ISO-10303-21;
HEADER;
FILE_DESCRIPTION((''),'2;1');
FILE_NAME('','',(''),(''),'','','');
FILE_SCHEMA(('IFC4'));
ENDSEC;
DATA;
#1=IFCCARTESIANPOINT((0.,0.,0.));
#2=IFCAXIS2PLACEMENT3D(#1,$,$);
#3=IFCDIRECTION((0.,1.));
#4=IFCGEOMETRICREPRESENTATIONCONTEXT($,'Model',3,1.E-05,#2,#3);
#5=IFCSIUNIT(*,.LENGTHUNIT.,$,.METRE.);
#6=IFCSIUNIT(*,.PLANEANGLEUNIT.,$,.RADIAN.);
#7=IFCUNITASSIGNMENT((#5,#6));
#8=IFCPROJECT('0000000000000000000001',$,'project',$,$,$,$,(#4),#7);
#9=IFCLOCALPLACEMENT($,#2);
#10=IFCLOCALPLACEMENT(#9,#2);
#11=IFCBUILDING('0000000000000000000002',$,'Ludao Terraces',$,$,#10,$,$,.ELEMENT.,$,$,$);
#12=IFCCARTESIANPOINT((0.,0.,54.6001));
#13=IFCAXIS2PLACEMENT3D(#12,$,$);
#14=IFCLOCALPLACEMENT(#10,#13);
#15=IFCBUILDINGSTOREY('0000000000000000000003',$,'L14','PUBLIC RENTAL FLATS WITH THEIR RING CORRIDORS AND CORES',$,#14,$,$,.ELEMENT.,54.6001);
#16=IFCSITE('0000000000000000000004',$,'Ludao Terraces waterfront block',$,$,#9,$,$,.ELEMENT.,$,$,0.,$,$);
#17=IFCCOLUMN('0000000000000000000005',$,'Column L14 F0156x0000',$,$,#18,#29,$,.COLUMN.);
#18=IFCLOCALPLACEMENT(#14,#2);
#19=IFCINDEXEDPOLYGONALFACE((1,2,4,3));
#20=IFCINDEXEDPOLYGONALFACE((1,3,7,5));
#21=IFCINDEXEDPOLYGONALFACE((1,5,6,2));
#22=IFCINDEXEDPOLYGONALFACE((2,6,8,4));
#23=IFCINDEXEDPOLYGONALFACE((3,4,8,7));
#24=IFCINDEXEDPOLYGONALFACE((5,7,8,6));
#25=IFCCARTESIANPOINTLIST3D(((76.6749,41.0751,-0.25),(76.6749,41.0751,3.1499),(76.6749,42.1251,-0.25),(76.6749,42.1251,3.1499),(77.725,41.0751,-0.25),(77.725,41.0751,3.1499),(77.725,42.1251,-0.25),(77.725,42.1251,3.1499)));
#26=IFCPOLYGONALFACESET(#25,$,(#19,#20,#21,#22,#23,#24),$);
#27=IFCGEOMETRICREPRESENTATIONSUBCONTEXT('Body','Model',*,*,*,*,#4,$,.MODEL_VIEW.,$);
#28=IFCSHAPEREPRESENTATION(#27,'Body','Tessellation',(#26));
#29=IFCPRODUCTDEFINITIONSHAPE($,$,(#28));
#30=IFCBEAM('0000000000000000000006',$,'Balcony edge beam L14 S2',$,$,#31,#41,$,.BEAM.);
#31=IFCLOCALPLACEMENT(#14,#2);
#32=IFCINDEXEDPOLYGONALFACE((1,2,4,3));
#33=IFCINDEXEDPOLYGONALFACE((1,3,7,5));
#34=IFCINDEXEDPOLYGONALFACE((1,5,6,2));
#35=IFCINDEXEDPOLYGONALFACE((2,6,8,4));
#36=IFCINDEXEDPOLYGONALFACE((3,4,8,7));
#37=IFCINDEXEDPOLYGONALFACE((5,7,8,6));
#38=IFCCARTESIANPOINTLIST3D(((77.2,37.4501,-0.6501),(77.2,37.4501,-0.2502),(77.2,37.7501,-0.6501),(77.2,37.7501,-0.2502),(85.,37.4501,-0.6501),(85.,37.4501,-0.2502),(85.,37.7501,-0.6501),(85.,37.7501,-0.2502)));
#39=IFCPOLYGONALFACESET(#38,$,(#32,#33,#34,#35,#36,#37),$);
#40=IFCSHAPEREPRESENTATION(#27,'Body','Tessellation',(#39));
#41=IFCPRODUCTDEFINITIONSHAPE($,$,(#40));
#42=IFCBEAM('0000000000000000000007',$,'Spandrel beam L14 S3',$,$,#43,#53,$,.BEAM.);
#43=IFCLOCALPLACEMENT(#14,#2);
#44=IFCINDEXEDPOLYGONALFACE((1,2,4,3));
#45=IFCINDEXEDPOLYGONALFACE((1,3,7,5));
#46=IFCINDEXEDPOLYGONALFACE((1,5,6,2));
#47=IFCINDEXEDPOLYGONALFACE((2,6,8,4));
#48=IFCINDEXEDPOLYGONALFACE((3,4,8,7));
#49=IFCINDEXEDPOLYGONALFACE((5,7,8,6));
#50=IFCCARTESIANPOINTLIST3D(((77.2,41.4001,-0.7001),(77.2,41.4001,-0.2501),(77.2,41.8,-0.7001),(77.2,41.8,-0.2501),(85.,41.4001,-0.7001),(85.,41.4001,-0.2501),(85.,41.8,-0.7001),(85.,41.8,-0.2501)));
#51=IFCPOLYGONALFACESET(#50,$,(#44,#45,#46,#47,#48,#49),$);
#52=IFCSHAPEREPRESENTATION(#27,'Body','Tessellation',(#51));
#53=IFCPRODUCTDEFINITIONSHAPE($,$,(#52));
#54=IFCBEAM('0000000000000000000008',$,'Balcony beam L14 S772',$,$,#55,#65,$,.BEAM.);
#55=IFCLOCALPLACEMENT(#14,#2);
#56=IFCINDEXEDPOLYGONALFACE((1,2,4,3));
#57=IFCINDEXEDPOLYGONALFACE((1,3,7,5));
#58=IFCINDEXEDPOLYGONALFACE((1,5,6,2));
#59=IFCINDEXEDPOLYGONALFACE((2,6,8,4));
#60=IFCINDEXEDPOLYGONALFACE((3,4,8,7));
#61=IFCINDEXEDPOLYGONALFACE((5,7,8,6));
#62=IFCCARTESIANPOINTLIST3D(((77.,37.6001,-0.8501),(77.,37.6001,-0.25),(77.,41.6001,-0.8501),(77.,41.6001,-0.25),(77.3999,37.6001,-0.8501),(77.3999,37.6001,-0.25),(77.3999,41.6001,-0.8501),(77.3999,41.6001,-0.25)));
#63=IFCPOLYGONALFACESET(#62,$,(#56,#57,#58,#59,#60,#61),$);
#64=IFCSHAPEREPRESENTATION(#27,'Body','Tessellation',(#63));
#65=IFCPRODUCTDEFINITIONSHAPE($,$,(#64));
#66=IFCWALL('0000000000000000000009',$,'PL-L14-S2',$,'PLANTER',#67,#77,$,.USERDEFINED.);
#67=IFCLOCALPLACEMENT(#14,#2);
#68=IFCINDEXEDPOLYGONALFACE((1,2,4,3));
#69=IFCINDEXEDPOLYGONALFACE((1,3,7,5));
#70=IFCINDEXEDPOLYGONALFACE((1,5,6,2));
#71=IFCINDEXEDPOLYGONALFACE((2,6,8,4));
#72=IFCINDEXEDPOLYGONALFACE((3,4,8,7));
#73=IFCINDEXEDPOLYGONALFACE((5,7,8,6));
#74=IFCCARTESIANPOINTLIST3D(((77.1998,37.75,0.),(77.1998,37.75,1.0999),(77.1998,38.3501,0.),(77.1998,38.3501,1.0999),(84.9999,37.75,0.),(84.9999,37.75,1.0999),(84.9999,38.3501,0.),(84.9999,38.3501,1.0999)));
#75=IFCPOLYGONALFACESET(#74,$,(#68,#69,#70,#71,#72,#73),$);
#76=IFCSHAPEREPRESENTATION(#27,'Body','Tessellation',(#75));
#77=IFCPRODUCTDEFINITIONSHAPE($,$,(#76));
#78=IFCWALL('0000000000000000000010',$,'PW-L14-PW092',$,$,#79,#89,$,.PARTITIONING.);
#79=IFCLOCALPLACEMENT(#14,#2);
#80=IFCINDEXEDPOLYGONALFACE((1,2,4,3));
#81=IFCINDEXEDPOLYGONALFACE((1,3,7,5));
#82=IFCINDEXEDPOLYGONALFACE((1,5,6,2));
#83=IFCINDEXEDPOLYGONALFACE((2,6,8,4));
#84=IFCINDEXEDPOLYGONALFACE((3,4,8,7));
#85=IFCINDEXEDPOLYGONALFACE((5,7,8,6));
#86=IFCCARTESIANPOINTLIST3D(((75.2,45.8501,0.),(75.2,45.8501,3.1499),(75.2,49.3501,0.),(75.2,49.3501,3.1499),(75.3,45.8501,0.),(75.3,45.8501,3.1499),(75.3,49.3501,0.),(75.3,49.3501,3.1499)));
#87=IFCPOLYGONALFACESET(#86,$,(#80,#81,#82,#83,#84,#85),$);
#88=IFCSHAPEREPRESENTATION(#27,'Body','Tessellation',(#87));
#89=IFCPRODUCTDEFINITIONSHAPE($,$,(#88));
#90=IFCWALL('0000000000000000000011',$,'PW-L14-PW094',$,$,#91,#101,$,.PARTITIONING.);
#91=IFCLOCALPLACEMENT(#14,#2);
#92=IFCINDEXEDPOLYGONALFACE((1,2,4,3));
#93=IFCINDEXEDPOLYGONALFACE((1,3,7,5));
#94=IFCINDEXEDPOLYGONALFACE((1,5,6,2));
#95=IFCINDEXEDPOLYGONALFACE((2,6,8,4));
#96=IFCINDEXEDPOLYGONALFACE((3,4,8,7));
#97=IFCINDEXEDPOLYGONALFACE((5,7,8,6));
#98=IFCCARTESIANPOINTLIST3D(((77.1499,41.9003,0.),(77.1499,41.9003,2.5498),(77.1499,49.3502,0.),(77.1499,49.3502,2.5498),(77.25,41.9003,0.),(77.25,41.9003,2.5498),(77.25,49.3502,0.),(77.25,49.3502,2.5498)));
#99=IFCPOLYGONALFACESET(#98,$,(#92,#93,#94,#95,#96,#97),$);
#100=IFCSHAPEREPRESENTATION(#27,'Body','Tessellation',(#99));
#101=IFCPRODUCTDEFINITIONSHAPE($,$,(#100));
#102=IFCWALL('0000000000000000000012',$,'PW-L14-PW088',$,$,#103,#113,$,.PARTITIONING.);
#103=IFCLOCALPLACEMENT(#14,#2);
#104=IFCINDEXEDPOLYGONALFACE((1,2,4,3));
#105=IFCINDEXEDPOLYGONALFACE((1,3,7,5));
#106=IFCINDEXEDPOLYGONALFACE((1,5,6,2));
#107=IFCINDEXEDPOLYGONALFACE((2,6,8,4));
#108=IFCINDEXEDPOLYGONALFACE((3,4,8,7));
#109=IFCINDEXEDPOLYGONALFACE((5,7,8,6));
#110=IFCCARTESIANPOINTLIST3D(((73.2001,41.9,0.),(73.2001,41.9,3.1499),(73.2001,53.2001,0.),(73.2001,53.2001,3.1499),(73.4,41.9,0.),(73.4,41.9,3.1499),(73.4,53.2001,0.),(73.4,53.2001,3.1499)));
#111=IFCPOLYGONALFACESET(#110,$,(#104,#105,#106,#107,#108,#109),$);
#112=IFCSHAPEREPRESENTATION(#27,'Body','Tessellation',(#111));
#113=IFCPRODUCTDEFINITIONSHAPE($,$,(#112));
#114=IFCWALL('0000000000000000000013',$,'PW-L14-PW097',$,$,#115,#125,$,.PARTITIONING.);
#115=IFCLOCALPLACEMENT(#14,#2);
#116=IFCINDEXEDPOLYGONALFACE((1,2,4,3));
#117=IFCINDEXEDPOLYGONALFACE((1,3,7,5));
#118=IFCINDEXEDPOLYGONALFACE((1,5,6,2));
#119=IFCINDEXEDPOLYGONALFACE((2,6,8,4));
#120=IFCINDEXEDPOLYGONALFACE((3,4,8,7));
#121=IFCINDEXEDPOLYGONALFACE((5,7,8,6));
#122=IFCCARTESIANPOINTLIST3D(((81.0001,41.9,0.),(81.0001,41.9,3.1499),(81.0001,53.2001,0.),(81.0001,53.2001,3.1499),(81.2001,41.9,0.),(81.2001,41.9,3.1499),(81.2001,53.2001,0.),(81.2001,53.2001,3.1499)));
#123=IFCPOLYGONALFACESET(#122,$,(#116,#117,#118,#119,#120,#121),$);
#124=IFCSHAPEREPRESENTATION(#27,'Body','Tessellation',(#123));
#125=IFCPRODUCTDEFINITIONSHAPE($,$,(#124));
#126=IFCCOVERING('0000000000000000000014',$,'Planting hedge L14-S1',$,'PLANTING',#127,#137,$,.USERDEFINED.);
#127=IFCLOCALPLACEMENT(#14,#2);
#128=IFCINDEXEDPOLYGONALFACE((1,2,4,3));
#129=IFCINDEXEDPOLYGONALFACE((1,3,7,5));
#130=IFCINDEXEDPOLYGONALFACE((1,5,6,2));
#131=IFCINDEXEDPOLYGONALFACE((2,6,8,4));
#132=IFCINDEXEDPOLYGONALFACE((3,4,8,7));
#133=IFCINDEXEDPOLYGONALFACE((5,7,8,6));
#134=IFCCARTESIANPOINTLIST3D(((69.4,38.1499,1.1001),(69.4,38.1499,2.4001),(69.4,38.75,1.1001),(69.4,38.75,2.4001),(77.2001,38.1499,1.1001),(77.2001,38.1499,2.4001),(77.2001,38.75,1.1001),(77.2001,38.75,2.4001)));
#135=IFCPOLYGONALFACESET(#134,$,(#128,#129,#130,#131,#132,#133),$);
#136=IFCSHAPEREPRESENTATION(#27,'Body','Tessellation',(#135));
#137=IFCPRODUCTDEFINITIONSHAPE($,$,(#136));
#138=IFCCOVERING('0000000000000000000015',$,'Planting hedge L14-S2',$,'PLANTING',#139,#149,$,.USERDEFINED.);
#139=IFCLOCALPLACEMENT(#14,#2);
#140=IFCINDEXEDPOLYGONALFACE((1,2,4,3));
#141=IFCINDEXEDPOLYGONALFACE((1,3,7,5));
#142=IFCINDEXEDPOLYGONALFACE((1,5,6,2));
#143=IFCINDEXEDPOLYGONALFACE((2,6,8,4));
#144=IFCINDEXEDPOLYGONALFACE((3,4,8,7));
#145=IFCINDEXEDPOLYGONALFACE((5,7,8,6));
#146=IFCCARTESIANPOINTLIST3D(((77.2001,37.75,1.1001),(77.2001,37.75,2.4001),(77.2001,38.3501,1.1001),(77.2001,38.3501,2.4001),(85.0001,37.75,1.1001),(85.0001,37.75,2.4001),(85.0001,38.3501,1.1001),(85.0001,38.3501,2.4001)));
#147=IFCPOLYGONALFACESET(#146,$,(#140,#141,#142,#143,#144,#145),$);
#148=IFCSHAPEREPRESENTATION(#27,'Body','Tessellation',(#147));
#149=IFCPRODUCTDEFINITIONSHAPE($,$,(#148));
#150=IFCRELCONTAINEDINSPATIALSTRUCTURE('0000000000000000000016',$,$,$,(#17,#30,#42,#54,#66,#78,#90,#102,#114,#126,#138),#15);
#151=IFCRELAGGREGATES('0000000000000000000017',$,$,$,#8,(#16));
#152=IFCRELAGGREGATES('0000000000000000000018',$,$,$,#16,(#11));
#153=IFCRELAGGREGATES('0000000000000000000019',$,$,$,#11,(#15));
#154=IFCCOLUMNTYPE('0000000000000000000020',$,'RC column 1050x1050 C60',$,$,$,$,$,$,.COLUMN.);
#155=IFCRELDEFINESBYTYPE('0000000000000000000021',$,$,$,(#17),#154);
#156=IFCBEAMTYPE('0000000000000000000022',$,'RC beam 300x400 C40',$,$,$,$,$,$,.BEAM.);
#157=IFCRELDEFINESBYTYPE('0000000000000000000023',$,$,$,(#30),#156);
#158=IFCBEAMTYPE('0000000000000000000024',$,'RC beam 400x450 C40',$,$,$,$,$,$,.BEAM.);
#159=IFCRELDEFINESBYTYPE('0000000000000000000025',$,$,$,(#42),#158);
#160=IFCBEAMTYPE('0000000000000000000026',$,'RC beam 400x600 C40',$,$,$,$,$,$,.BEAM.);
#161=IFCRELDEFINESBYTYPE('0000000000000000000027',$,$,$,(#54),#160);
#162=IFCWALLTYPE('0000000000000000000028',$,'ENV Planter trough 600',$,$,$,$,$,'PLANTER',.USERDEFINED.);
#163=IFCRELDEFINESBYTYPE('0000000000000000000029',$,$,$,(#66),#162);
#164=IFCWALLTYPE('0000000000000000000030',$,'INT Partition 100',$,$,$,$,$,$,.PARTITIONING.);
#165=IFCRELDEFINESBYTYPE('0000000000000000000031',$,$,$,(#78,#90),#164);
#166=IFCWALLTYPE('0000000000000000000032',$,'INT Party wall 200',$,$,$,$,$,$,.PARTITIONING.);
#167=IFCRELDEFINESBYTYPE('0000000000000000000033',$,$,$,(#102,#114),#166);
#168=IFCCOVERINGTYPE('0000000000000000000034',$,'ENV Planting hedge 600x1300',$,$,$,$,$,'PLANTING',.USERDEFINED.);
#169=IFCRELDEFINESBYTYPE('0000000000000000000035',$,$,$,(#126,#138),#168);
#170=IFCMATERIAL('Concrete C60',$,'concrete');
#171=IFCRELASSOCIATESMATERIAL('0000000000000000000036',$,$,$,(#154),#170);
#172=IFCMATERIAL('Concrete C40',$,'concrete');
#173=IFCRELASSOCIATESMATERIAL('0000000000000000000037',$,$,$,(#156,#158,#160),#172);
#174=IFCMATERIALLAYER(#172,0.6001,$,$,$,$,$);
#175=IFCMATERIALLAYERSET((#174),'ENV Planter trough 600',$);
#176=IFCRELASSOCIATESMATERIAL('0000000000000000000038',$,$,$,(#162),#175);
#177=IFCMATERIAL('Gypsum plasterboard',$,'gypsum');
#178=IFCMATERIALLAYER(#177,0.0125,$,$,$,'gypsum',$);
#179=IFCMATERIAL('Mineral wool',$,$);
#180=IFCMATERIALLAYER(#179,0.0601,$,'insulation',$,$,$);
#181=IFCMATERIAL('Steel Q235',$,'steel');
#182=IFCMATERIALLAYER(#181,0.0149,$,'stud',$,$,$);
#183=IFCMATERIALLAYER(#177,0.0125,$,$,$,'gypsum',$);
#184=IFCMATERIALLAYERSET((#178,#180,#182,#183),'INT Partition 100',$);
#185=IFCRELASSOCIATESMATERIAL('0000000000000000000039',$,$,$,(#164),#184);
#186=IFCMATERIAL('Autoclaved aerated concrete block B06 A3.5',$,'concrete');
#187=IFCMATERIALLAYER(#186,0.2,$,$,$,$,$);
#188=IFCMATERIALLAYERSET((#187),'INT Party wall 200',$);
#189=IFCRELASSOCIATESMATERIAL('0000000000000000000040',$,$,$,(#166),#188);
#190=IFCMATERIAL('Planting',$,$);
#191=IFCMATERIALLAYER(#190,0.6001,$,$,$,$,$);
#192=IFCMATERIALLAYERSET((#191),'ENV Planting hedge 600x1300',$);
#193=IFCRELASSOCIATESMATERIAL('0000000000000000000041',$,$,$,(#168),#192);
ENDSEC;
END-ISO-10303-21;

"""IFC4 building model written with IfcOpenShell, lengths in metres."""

from ifc_helpers import new_model, si_unit, direction, frame, frame_2d, origin, origin_2d, place, context, subcontext, project, spatial, rectangle, extrude, material, layer, layer_set, material_profile, profile_set, type_object, element, save


model = new_model("IFC4")

# Units and contexts
model_context = context("Model", 3, precision=1e-05, world=origin(), true_north=direction((0.0, 1.0)))
body_context = subcontext(model_context, "Body", "Model", "MODEL_VIEW")
ifc_project = project(units=[si_unit("LENGTHUNIT", "METRE"), si_unit("PLANEANGLEUNIT", "RADIAN")], contexts=[model_context])

# Site, building, storey
site_placement = place(None, origin())
site = spatial("IfcSite", under=ifc_project, at=site_placement, Name="Ludao Terraces waterfront block", CompositionType="ELEMENT", RefElevation=0.0)
building_placement = place(site_placement, origin())
building = spatial("IfcBuilding", under=site, at=building_placement, Name="Ludao Terraces", CompositionType="ELEMENT")
storey_placement = place(building_placement, frame((0.0, 0.0, 54.6001)))
storey = spatial("IfcBuildingStorey", under=building, at=storey_placement, Name="L14", Description="PUBLIC RENTAL FLATS WITH THEIR RING CORRIDORS AND CORES", CompositionType="ELEMENT", Elevation=54.6001)

# Column
ifc_material_1 = material(Name="Concrete C60", Category="concrete")
ifc_material_profile_1 = material_profile(ifc_material_1, rectangle(XDim=1.05, YDim=1.05, at=origin_2d()), Name="1050 X 1050")
ifc_profile_set_1 = profile_set([ifc_material_profile_1], Name="Concrete C60")
column_type = type_object("IfcColumnType", Name="RC column 1050x1050 C60", PredefinedType="COLUMN", material=ifc_profile_set_1)
column_placement = place(storey_placement, frame((77.2, 41.6001, -0.25), z_axis=(0.0, 0.0, 1.0), x_axis=(1.0, 0.0, 0.0)))
element("IfcColumn", 1, at=column_placement, inside=storey, type_object=column_type, Name="Column L14 F0156x0000", PredefinedType="COLUMN", context=body_context, shape_type="SweptSolid", body=[
    extrude(rectangle(XDim=1.05, YDim=1.05, at=origin_2d()), origin(), (0.0, 0.0, 1.0), 3.3999),
])

# Beams
ifc_material_2 = material(Name="Concrete C40", Category="concrete")
ifc_material_profile_2 = material_profile(ifc_material_2, rectangle(XDim=0.3, YDim=0.3999, at=origin_2d()), Name="300 X 400")
ifc_profile_set_2 = profile_set([ifc_material_profile_2], Name="Concrete C40")
beam_type_1 = type_object("IfcBeamType", Name="RC beam 300x400 C40", PredefinedType="BEAM", material=ifc_profile_set_2)
beam_1_placement = place(storey_placement, frame((77.2, 37.6001, -0.4502), z_axis=(1.0, 0.0, 0.0), x_axis=(0.0, 1.0, 0.0)))
element("IfcBeam", 2, at=beam_1_placement, inside=storey, type_object=beam_type_1, Name="Balcony edge beam L14 S2", PredefinedType="BEAM", context=body_context, shape_type="SweptSolid", body=[
    extrude(rectangle(XDim=0.3, YDim=0.3999, at=origin_2d()), origin(), (0.0, 0.0, 1.0), 7.8),
])
ifc_material_profile_3 = material_profile(ifc_material_2, rectangle(XDim=0.3999, YDim=0.45, at=origin_2d()), Name="400 X 450")
ifc_profile_set_3 = profile_set([ifc_material_profile_3], Name="Concrete C40")
beam_type_2 = type_object("IfcBeamType", Name="RC beam 400x450 C40", PredefinedType="BEAM", material=ifc_profile_set_3)
beam_2_placement = place(storey_placement, frame((77.2, 41.6001, -0.4751), z_axis=(1.0, 0.0, 0.0), x_axis=(0.0, 1.0, 0.0)))
element("IfcBeam", 3, at=beam_2_placement, inside=storey, type_object=beam_type_2, Name="Spandrel beam L14 S3", PredefinedType="BEAM", context=body_context, shape_type="SweptSolid", body=[
    extrude(rectangle(XDim=0.3999, YDim=0.45, at=origin_2d()), origin(), (0.0, 0.0, 1.0), 7.8),
])
ifc_material_profile_4 = material_profile(ifc_material_2, rectangle(XDim=0.3999, YDim=0.6001, at=origin_2d()), Name="400 X 600")
ifc_profile_set_4 = profile_set([ifc_material_profile_4], Name="Concrete C40")
beam_type_3 = type_object("IfcBeamType", Name="RC beam 400x600 C40", PredefinedType="BEAM", material=ifc_profile_set_4)
beam_3_placement = place(storey_placement, frame((77.2, 41.6001, -0.55), z_axis=(0.0, -1.0, 0.0), x_axis=(1.0, 0.0, 0.0)))
element("IfcBeam", 4, at=beam_3_placement, inside=storey, type_object=beam_type_3, Name="Balcony beam L14 S772", PredefinedType="BEAM", context=body_context, shape_type="SweptSolid", body=[
    extrude(rectangle(XDim=0.3999, YDim=0.6001, at=origin_2d()), origin(), (0.0, 0.0, 1.0), 4.0),
])

# Wall
ifc_layer_1 = layer(ifc_material_2, 0.6001)
ifc_layer_set_1 = layer_set([ifc_layer_1], Name="ENV Planter trough 600")
wall_type_1 = type_object("IfcWallType", Name="ENV Planter trough 600", ElementType="PLANTER", PredefinedType="USERDEFINED", material=ifc_layer_set_1)
wall_1_placement = place(storey_placement, frame((77.2, 38.05, 0.0), z_axis=(0.0, 0.0, 1.0), x_axis=(1.0, 0.0, 0.0)))
element("IfcWall", 5, at=wall_1_placement, inside=storey, type_object=wall_type_1, Name="PL-L14-S2", ObjectType="PLANTER", PredefinedType="USERDEFINED", context=body_context, shape_type="SweptSolid", body=[
    extrude(rectangle(XDim=7.8, YDim=0.6001, at=frame_2d((3.8999, 0.0))), origin(), (0.0, 0.0, 1.0), 1.0999),
])

# Shared definitions
ifc_material_3 = material(Name="Mineral wool")

# Walls
ifc_material_4 = material(Name="Gypsum plasterboard", Category="gypsum")
ifc_layer_2 = layer(ifc_material_4, 0.0125, Category="gypsum")
ifc_layer_3 = layer(ifc_material_3, 0.0601, Name="insulation")
ifc_material_5 = material(Name="Steel Q235", Category="steel")
ifc_layer_4 = layer(ifc_material_5, 0.0149, Name="stud")
ifc_layer_5 = layer(ifc_material_4, 0.0125, Category="gypsum")
ifc_layer_set_2 = layer_set([ifc_layer_2, ifc_layer_3, ifc_layer_4, ifc_layer_5], Name="INT Partition 100")
wall_type_2 = type_object("IfcWallType", Name="INT Partition 100", PredefinedType="PARTITIONING", material=ifc_layer_set_2)
wall_2_placement = place(storey_placement, frame((75.25, 45.8501, 0.0), z_axis=(0.0, 0.0, 1.0), x_axis=(0.0, 1.0, 0.0)))
element("IfcWall", 6, at=wall_2_placement, inside=storey, type_object=wall_type_2, Name="PW-L14-PW092", PredefinedType="PARTITIONING", context=body_context, shape_type="SweptSolid", body=[
    extrude(rectangle(XDim=3.5, YDim=0.1001, at=frame_2d((1.75, 0.0))), origin(), (0.0, 0.0, 1.0), 3.1499),
])
wall_3_placement = place(storey_placement, frame((77.2, 41.9001, 0.0), z_axis=(0.0, 0.0, 1.0), x_axis=(0.0, 1.0, 0.0)))
element("IfcWall", 7, at=wall_3_placement, inside=storey, type_object=wall_type_2, Name="PW-L14-PW094", PredefinedType="PARTITIONING", context=body_context, shape_type="SweptSolid", body=[
    extrude(rectangle(XDim=7.45, YDim=0.1001, at=frame_2d((3.7251, 0.0))), origin(), (0.0, 0.0, 1.0), 2.5498),
])
ifc_material_6 = material(Name="Autoclaved aerated concrete block B06 A3.5", Category="concrete")
ifc_layer_6 = layer(ifc_material_6, 0.2)
ifc_layer_set_3 = layer_set([ifc_layer_6], Name="INT Party wall 200")
wall_type_3 = type_object("IfcWallType", Name="INT Party wall 200", PredefinedType="PARTITIONING", material=ifc_layer_set_3)
for number, where, z_axis, x_axis, name in (
    (8, (73.3, 41.9001, 0.0), (0.0, 0.0, 1.0), (0.0, 1.0, 0.0), "PW-L14-PW088"),
    (9, (81.1001, 41.9001, 0.0), (0.0, 0.0, 1.0), (0.0, 1.0, 0.0), "PW-L14-PW097"),
):
    element("IfcWall", number, at=place(storey_placement, frame(where, z_axis=z_axis, x_axis=x_axis)), inside=storey, type_object=wall_type_3, Name=name, PredefinedType="PARTITIONING", context=body_context, shape_type="SweptSolid", body=[
        extrude(rectangle(XDim=11.3, YDim=0.2, at=frame_2d((5.6499, 0.0))), origin(), (0.0, 0.0, 1.0), 3.1499),
    ])

# Coverings
ifc_material_7 = material(Name="Planting")
ifc_layer_7 = layer(ifc_material_7, 0.6001)
ifc_layer_set_4 = layer_set([ifc_layer_7], Name="ENV Planting hedge 600x1300")
covering_type = type_object("IfcCoveringType", Name="ENV Planting hedge 600x1300", ElementType="PLANTING", PredefinedType="USERDEFINED", material=ifc_layer_set_4)
for number, where, z_axis, x_axis, name in (
    (10, (73.3, 38.45, 1.1001), (0.0, 0.0, 1.0), (1.0, 0.0, 0.0), "Planting hedge L14-S1"),
    (11, (81.1001, 38.05, 1.1001), (0.0, 0.0, 1.0), (1.0, 0.0, 0.0), "Planting hedge L14-S2"),
):
    element("IfcCovering", number, at=place(storey_placement, frame(where, z_axis=z_axis, x_axis=x_axis)), inside=storey, type_object=covering_type, Name=name, ObjectType="PLANTING", PredefinedType="USERDEFINED", context=body_context, shape_type="SweptSolid", body=[
        extrude(rectangle(XDim=7.8, YDim=0.6001, at=origin_2d()), origin(), (0.0, 0.0, 1.0), 1.3),
    ])

save(model, "model.ifc")
